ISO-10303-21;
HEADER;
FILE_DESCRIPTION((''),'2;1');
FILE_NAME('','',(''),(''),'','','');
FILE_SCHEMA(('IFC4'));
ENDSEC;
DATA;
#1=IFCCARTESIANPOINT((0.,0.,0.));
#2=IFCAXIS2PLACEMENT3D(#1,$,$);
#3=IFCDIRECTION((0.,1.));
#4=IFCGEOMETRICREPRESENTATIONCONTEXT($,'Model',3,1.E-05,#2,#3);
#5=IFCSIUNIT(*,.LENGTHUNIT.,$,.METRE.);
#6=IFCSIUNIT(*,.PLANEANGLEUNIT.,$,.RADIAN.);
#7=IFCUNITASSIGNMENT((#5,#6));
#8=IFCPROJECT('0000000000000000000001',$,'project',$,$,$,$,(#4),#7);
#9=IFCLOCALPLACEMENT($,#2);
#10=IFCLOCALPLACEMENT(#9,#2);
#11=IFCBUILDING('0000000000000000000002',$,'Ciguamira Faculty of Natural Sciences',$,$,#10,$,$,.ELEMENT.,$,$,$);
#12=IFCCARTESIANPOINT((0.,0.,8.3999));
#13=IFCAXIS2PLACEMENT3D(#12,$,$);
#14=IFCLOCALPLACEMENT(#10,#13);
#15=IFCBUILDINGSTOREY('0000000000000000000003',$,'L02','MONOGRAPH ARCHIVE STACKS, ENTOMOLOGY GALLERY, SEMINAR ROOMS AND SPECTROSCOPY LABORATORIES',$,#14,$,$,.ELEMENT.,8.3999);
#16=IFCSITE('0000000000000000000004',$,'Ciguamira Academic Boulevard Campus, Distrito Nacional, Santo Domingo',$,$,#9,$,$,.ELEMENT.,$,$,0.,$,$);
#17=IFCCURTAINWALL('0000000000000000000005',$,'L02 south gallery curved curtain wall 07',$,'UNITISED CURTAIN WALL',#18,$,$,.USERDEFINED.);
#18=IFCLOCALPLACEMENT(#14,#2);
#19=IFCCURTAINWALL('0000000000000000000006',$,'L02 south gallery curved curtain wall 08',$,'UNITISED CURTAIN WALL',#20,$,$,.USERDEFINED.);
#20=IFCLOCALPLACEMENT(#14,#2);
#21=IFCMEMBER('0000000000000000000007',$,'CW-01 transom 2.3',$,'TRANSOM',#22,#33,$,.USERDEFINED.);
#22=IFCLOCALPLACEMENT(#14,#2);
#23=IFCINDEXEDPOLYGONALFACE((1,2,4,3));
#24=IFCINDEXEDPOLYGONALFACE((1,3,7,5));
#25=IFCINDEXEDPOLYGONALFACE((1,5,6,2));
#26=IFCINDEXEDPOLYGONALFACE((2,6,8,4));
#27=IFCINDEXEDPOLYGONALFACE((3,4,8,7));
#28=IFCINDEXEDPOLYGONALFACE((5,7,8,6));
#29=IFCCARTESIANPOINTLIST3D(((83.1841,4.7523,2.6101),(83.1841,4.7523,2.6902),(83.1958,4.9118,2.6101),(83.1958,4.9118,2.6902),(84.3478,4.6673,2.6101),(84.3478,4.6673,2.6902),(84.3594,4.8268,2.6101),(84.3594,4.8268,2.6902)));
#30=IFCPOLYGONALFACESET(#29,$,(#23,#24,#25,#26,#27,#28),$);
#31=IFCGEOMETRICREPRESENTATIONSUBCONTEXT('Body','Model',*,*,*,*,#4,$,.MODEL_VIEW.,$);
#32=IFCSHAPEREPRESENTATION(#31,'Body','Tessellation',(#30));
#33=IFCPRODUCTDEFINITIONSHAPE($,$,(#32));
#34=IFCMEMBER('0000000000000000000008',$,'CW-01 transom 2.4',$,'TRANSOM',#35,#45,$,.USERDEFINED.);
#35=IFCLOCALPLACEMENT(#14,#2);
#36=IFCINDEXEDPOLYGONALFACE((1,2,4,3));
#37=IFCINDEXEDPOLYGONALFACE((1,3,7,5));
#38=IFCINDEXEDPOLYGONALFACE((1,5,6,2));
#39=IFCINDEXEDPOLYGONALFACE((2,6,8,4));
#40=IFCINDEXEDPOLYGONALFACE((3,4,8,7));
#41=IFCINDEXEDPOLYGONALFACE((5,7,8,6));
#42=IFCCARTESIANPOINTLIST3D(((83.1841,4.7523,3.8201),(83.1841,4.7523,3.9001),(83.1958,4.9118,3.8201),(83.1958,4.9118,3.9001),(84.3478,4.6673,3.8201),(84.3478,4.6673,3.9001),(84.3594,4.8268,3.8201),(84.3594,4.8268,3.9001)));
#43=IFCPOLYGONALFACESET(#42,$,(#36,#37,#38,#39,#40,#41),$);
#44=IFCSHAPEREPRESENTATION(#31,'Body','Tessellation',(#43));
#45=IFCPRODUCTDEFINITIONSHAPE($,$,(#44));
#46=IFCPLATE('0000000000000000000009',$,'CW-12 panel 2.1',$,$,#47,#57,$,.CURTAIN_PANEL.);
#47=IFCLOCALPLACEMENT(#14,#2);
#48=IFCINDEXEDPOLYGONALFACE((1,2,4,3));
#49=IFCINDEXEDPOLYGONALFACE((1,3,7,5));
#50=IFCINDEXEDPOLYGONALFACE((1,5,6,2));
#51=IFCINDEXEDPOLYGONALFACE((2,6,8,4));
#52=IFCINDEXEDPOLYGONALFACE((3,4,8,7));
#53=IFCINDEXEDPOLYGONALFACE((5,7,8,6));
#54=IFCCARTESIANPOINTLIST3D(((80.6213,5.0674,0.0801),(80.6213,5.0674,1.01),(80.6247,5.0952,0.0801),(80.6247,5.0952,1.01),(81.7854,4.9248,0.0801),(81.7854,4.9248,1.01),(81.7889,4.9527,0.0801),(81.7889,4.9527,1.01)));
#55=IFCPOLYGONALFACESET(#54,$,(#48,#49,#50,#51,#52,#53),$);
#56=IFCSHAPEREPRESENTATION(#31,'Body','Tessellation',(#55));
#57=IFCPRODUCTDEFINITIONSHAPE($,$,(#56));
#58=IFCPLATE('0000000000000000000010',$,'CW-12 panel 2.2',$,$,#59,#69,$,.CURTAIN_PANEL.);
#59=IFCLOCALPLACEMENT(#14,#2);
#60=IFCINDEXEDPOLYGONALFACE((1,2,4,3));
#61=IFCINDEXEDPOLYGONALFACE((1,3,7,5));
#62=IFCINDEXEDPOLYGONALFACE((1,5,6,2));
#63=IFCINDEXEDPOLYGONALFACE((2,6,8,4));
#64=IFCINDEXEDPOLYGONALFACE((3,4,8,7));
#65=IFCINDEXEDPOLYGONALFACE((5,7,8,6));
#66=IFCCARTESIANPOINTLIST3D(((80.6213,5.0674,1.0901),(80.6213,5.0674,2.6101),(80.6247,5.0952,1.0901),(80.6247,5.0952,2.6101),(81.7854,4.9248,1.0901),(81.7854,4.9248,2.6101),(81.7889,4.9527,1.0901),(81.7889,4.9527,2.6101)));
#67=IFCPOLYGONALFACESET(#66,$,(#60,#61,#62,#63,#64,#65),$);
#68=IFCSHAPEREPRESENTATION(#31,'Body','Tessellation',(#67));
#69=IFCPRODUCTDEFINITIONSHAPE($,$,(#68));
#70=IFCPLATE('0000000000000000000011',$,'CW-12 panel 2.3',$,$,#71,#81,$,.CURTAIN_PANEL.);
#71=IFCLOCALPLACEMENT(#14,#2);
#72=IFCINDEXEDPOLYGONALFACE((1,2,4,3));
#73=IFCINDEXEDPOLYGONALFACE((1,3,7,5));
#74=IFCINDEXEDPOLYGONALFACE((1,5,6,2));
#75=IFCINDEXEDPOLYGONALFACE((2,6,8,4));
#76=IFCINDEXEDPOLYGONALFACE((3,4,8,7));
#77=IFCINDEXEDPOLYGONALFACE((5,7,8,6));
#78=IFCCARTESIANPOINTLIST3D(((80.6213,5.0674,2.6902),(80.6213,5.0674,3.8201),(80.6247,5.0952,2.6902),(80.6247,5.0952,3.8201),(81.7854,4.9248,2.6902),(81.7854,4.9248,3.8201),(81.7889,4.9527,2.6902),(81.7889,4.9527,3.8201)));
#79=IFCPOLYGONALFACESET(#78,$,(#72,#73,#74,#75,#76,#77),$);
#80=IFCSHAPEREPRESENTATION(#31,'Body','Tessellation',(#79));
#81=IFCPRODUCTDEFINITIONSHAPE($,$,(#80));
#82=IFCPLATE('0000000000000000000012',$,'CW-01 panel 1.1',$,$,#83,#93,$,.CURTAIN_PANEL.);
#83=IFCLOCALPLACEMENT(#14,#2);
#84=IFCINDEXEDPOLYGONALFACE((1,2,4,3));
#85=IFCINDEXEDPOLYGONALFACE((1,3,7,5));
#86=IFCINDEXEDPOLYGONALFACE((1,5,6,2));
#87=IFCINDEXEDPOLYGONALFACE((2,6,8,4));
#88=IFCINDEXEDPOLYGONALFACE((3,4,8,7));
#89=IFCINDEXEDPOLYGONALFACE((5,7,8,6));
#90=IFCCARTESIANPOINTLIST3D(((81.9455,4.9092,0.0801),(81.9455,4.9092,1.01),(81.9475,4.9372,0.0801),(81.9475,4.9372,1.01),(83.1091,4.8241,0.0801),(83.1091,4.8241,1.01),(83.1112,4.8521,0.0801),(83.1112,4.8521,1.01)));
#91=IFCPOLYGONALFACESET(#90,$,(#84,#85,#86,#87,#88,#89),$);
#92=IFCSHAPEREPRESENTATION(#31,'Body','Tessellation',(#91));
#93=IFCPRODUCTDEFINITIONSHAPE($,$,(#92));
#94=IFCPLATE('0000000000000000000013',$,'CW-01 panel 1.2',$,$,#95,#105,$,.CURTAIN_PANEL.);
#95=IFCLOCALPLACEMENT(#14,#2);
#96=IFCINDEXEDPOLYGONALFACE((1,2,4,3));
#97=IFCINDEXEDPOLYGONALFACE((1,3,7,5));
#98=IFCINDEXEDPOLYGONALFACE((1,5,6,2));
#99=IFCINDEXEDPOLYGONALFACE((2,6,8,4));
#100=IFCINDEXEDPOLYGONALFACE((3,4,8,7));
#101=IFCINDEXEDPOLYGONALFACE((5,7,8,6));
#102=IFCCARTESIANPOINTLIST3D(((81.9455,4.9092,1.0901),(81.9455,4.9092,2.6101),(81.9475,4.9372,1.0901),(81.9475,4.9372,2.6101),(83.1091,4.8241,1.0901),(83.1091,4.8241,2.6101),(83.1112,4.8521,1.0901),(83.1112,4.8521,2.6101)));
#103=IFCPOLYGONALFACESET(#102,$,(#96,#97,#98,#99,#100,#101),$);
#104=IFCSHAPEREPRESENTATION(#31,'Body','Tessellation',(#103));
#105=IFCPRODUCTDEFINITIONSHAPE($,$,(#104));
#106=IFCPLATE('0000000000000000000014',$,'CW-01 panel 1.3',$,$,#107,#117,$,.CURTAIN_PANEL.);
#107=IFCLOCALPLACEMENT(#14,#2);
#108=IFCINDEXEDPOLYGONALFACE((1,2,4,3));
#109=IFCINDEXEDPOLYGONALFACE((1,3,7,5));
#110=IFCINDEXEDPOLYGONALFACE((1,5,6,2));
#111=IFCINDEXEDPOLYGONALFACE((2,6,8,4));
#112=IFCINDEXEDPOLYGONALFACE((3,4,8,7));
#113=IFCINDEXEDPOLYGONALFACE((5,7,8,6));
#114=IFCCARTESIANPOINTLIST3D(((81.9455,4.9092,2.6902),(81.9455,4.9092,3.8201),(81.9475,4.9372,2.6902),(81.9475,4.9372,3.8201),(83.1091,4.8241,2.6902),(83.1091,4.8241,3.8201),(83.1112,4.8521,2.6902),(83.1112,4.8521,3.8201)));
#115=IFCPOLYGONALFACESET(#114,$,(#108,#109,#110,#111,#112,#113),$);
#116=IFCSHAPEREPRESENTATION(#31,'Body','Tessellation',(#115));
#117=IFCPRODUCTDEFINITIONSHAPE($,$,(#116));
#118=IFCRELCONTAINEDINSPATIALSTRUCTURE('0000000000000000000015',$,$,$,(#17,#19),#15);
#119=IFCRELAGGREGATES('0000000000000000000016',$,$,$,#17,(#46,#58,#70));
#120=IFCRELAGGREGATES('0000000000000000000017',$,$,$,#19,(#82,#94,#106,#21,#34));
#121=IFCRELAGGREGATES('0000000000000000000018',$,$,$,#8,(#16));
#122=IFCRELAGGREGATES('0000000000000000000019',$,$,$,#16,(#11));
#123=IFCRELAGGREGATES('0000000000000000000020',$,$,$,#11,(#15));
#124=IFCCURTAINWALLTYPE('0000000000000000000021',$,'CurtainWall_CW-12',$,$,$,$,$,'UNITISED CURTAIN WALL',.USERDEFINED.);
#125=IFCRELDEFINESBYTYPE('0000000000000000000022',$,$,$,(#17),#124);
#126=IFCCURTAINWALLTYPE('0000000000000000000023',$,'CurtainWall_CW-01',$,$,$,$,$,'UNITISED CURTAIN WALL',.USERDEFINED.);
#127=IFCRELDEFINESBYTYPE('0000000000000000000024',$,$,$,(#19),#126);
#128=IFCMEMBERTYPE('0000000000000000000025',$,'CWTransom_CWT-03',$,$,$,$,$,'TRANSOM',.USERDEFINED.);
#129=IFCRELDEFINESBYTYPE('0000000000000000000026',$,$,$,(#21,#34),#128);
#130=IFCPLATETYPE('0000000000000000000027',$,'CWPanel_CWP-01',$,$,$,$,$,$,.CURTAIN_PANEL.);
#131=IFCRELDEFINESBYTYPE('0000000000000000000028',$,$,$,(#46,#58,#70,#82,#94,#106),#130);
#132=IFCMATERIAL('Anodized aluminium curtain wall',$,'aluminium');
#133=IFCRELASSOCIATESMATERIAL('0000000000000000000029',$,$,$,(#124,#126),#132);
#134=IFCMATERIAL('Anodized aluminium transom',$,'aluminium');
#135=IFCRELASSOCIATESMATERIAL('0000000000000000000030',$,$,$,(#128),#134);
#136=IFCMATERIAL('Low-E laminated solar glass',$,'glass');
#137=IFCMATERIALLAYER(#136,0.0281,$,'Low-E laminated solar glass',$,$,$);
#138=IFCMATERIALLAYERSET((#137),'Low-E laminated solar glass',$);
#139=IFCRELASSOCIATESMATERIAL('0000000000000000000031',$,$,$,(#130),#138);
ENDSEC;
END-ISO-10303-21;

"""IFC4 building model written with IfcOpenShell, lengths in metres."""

from ifc_helpers import new_model, si_unit, direction, frame, origin, origin_2d, place, context, subcontext, project, spatial, rectangle, extrude, material, layer, layer_set, material_profile, profile_set, type_object, element, aggregate, save


model = new_model("IFC4")

# Units and contexts
model_context = context("Model", 3, precision=1e-05, world=origin(), true_north=direction((0.0, 1.0)))
body_context = subcontext(model_context, "Body", "Model", "MODEL_VIEW")
ifc_project = project(units=[si_unit("LENGTHUNIT", "METRE"), si_unit("PLANEANGLEUNIT", "RADIAN")], contexts=[model_context])

# Site, building, storey
site_placement = place(None, origin())
site = spatial("IfcSite", under=ifc_project, at=site_placement, Name="Ciguamira Academic Boulevard Campus, Distrito Nacional, Santo Domingo", CompositionType="ELEMENT", RefElevation=0.0)
building_placement = place(site_placement, origin())
building = spatial("IfcBuilding", under=site, at=building_placement, Name="Ciguamira Faculty of Natural Sciences", CompositionType="ELEMENT")
storey_placement = place(building_placement, frame((0.0, 0.0, 8.3999)))
storey = spatial("IfcBuildingStorey", under=building, at=storey_placement, Name="L02", Description="MONOGRAPH ARCHIVE STACKS, ENTOMOLOGY GALLERY, SEMINAR ROOMS AND SPECTROSCOPY LABORATORIES", CompositionType="ELEMENT", Elevation=8.3999)

# Curtain walls
ifc_material_1 = material(Name="Anodized aluminium curtain wall", Category="aluminium")
curtain_wall_type_1 = type_object("IfcCurtainWallType", Name="CurtainWall_CW-12", ElementType="UNITISED CURTAIN WALL", PredefinedType="USERDEFINED", material=ifc_material_1)
curtain_wall_1_placement = place(storey_placement, origin())
curtain_wall_1 = element("IfcCurtainWall", 1, at=curtain_wall_1_placement, inside=storey, type_object=curtain_wall_type_1, Name="L02 south gallery curved curtain wall 07", ObjectType="UNITISED CURTAIN WALL", PredefinedType="USERDEFINED")
curtain_wall_type_2 = type_object("IfcCurtainWallType", Name="CurtainWall_CW-01", ElementType="UNITISED CURTAIN WALL", PredefinedType="USERDEFINED", material=ifc_material_1)
curtain_wall_2_placement = place(storey_placement, origin())
curtain_wall_2 = element("IfcCurtainWall", 2, at=curtain_wall_2_placement, inside=storey, type_object=curtain_wall_type_2, Name="L02 south gallery curved curtain wall 08", ObjectType="UNITISED CURTAIN WALL", PredefinedType="USERDEFINED")

# Members
ifc_material_2 = material(Name="Anodized aluminium transom", Category="aluminium")
ifc_material_profile_1 = material_profile(ifc_material_2, rectangle(XDim=0.0801, YDim=0.1599, at=origin_2d()), Name="ALU-TRN-80X160")
ifc_profile_set_1 = profile_set([ifc_material_profile_1], Name="Anodized aluminium transom")
member_type_1 = type_object("IfcMemberType", Name="CWTransom_CWT-03", ElementType="TRANSOM", PredefinedType="USERDEFINED", material=ifc_profile_set_1)
member_1_placement = place(storey_placement, frame((83.1899, 4.832, 2.6501), z_axis=(0.997345, -0.072823, 0.0), x_axis=(0.0, 0.0, 1.0)))
member_1 = element("IfcMember", 3, at=member_1_placement, type_object=member_type_1, Name="CW-01 transom 2.3", ObjectType="TRANSOM", PredefinedType="USERDEFINED", context=body_context, shape_type="SweptSolid", body=[
    extrude(rectangle(XDim=0.0801, YDim=0.1599, at=origin_2d()), origin(), (0.0, 0.0, 1.0), 1.1667),
])
member_2_placement = place(storey_placement, frame((83.1899, 4.832, 3.8601), z_axis=(0.997345, -0.072823, 0.0), x_axis=(0.0, 0.0, 1.0)))
member_2 = element("IfcMember", 4, at=member_2_placement, type_object=member_type_1, Name="CW-01 transom 2.4", ObjectType="TRANSOM", PredefinedType="USERDEFINED", context=body_context, shape_type="SweptSolid", body=[
    extrude(rectangle(XDim=0.0801, YDim=0.1599, at=origin_2d()), origin(), (0.0, 0.0, 1.0), 1.1667),
])

# Plates
ifc_material_3 = material(Name="Low-E laminated solar glass", Category="glass")
ifc_layer = layer(ifc_material_3, 0.0281, Name="Low-E laminated solar glass")
ifc_layer_set = layer_set([ifc_layer], Name="Low-E laminated solar glass")
plate_type = type_object("IfcPlateType", Name="CWPanel_CWP-01", PredefinedType="CURTAIN_PANEL", material=ifc_layer_set)
plate_1_placement = place(storey_placement, frame((81.2051, 5.01, 0.0801), z_axis=(0.0, 0.0, 1.0), x_axis=(0.992586, -0.121545, 0.0)))
plate_1 = element("IfcPlate", 5, at=plate_1_placement, type_object=plate_type, Name="CW-12 panel 2.1", PredefinedType="CURTAIN_PANEL", context=body_context, shape_type="SweptSolid", body=[
    extrude(rectangle(XDim=1.1729, YDim=0.0281, at=origin_2d()), origin(), (0.0, 0.0, 1.0), 0.9299),
])
plate_2_placement = place(storey_placement, frame((81.2051, 5.01, 1.0901), z_axis=(0.0, 0.0, 1.0), x_axis=(0.992586, -0.121545, 0.0)))
plate_2 = element("IfcPlate", 6, at=plate_2_placement, type_object=plate_type, Name="CW-12 panel 2.2", PredefinedType="CURTAIN_PANEL", context=body_context, shape_type="SweptSolid", body=[
    extrude(rectangle(XDim=1.1729, YDim=0.0281, at=origin_2d()), origin(), (0.0, 0.0, 1.0), 1.52),
])
plate_3_placement = place(storey_placement, frame((81.2051, 5.01, 2.6902), z_axis=(0.0, 0.0, 1.0), x_axis=(0.992586, -0.121545, 0.0)))
plate_3 = element("IfcPlate", 7, at=plate_3_placement, type_object=plate_type, Name="CW-12 panel 2.3", PredefinedType="CURTAIN_PANEL", context=body_context, shape_type="SweptSolid", body=[
    extrude(rectangle(XDim=1.1729, YDim=0.0281, at=origin_2d()), origin(), (0.0, 0.0, 1.0), 1.1299),
])
aggregate(curtain_wall_1, [plate_1, plate_2, plate_3])
plate_4_placement = place(storey_placement, frame((82.5283, 4.8806, 0.0801), z_axis=(0.0, 0.0, 1.0), x_axis=(0.997337, -0.072937, 0.0)))
plate_4 = element("IfcPlate", 8, at=plate_4_placement, type_object=plate_type, Name="CW-01 panel 1.1", PredefinedType="CURTAIN_PANEL", context=body_context, shape_type="SweptSolid", body=[
    extrude(rectangle(XDim=1.1667, YDim=0.0281, at=origin_2d()), origin(), (0.0, 0.0, 1.0), 0.9299),
])
plate_5_placement = place(storey_placement, frame((82.5283, 4.8806, 1.0901), z_axis=(0.0, 0.0, 1.0), x_axis=(0.997337, -0.072937, 0.0)))
plate_5 = element("IfcPlate", 9, at=plate_5_placement, type_object=plate_type, Name="CW-01 panel 1.2", PredefinedType="CURTAIN_PANEL", context=body_context, shape_type="SweptSolid", body=[
    extrude(rectangle(XDim=1.1667, YDim=0.0281, at=origin_2d()), origin(), (0.0, 0.0, 1.0), 1.52),
])
plate_6_placement = place(storey_placement, frame((82.5283, 4.8806, 2.6902), z_axis=(0.0, 0.0, 1.0), x_axis=(0.997337, -0.072937, 0.0)))
plate_6 = element("IfcPlate", 10, at=plate_6_placement, type_object=plate_type, Name="CW-01 panel 1.3", PredefinedType="CURTAIN_PANEL", context=body_context, shape_type="SweptSolid", body=[
    extrude(rectangle(XDim=1.1667, YDim=0.0281, at=origin_2d()), origin(), (0.0, 0.0, 1.0), 1.1299),
])
aggregate(curtain_wall_2, [plate_4, plate_5, plate_6, member_1, member_2])

save(model, "model.ifc")
